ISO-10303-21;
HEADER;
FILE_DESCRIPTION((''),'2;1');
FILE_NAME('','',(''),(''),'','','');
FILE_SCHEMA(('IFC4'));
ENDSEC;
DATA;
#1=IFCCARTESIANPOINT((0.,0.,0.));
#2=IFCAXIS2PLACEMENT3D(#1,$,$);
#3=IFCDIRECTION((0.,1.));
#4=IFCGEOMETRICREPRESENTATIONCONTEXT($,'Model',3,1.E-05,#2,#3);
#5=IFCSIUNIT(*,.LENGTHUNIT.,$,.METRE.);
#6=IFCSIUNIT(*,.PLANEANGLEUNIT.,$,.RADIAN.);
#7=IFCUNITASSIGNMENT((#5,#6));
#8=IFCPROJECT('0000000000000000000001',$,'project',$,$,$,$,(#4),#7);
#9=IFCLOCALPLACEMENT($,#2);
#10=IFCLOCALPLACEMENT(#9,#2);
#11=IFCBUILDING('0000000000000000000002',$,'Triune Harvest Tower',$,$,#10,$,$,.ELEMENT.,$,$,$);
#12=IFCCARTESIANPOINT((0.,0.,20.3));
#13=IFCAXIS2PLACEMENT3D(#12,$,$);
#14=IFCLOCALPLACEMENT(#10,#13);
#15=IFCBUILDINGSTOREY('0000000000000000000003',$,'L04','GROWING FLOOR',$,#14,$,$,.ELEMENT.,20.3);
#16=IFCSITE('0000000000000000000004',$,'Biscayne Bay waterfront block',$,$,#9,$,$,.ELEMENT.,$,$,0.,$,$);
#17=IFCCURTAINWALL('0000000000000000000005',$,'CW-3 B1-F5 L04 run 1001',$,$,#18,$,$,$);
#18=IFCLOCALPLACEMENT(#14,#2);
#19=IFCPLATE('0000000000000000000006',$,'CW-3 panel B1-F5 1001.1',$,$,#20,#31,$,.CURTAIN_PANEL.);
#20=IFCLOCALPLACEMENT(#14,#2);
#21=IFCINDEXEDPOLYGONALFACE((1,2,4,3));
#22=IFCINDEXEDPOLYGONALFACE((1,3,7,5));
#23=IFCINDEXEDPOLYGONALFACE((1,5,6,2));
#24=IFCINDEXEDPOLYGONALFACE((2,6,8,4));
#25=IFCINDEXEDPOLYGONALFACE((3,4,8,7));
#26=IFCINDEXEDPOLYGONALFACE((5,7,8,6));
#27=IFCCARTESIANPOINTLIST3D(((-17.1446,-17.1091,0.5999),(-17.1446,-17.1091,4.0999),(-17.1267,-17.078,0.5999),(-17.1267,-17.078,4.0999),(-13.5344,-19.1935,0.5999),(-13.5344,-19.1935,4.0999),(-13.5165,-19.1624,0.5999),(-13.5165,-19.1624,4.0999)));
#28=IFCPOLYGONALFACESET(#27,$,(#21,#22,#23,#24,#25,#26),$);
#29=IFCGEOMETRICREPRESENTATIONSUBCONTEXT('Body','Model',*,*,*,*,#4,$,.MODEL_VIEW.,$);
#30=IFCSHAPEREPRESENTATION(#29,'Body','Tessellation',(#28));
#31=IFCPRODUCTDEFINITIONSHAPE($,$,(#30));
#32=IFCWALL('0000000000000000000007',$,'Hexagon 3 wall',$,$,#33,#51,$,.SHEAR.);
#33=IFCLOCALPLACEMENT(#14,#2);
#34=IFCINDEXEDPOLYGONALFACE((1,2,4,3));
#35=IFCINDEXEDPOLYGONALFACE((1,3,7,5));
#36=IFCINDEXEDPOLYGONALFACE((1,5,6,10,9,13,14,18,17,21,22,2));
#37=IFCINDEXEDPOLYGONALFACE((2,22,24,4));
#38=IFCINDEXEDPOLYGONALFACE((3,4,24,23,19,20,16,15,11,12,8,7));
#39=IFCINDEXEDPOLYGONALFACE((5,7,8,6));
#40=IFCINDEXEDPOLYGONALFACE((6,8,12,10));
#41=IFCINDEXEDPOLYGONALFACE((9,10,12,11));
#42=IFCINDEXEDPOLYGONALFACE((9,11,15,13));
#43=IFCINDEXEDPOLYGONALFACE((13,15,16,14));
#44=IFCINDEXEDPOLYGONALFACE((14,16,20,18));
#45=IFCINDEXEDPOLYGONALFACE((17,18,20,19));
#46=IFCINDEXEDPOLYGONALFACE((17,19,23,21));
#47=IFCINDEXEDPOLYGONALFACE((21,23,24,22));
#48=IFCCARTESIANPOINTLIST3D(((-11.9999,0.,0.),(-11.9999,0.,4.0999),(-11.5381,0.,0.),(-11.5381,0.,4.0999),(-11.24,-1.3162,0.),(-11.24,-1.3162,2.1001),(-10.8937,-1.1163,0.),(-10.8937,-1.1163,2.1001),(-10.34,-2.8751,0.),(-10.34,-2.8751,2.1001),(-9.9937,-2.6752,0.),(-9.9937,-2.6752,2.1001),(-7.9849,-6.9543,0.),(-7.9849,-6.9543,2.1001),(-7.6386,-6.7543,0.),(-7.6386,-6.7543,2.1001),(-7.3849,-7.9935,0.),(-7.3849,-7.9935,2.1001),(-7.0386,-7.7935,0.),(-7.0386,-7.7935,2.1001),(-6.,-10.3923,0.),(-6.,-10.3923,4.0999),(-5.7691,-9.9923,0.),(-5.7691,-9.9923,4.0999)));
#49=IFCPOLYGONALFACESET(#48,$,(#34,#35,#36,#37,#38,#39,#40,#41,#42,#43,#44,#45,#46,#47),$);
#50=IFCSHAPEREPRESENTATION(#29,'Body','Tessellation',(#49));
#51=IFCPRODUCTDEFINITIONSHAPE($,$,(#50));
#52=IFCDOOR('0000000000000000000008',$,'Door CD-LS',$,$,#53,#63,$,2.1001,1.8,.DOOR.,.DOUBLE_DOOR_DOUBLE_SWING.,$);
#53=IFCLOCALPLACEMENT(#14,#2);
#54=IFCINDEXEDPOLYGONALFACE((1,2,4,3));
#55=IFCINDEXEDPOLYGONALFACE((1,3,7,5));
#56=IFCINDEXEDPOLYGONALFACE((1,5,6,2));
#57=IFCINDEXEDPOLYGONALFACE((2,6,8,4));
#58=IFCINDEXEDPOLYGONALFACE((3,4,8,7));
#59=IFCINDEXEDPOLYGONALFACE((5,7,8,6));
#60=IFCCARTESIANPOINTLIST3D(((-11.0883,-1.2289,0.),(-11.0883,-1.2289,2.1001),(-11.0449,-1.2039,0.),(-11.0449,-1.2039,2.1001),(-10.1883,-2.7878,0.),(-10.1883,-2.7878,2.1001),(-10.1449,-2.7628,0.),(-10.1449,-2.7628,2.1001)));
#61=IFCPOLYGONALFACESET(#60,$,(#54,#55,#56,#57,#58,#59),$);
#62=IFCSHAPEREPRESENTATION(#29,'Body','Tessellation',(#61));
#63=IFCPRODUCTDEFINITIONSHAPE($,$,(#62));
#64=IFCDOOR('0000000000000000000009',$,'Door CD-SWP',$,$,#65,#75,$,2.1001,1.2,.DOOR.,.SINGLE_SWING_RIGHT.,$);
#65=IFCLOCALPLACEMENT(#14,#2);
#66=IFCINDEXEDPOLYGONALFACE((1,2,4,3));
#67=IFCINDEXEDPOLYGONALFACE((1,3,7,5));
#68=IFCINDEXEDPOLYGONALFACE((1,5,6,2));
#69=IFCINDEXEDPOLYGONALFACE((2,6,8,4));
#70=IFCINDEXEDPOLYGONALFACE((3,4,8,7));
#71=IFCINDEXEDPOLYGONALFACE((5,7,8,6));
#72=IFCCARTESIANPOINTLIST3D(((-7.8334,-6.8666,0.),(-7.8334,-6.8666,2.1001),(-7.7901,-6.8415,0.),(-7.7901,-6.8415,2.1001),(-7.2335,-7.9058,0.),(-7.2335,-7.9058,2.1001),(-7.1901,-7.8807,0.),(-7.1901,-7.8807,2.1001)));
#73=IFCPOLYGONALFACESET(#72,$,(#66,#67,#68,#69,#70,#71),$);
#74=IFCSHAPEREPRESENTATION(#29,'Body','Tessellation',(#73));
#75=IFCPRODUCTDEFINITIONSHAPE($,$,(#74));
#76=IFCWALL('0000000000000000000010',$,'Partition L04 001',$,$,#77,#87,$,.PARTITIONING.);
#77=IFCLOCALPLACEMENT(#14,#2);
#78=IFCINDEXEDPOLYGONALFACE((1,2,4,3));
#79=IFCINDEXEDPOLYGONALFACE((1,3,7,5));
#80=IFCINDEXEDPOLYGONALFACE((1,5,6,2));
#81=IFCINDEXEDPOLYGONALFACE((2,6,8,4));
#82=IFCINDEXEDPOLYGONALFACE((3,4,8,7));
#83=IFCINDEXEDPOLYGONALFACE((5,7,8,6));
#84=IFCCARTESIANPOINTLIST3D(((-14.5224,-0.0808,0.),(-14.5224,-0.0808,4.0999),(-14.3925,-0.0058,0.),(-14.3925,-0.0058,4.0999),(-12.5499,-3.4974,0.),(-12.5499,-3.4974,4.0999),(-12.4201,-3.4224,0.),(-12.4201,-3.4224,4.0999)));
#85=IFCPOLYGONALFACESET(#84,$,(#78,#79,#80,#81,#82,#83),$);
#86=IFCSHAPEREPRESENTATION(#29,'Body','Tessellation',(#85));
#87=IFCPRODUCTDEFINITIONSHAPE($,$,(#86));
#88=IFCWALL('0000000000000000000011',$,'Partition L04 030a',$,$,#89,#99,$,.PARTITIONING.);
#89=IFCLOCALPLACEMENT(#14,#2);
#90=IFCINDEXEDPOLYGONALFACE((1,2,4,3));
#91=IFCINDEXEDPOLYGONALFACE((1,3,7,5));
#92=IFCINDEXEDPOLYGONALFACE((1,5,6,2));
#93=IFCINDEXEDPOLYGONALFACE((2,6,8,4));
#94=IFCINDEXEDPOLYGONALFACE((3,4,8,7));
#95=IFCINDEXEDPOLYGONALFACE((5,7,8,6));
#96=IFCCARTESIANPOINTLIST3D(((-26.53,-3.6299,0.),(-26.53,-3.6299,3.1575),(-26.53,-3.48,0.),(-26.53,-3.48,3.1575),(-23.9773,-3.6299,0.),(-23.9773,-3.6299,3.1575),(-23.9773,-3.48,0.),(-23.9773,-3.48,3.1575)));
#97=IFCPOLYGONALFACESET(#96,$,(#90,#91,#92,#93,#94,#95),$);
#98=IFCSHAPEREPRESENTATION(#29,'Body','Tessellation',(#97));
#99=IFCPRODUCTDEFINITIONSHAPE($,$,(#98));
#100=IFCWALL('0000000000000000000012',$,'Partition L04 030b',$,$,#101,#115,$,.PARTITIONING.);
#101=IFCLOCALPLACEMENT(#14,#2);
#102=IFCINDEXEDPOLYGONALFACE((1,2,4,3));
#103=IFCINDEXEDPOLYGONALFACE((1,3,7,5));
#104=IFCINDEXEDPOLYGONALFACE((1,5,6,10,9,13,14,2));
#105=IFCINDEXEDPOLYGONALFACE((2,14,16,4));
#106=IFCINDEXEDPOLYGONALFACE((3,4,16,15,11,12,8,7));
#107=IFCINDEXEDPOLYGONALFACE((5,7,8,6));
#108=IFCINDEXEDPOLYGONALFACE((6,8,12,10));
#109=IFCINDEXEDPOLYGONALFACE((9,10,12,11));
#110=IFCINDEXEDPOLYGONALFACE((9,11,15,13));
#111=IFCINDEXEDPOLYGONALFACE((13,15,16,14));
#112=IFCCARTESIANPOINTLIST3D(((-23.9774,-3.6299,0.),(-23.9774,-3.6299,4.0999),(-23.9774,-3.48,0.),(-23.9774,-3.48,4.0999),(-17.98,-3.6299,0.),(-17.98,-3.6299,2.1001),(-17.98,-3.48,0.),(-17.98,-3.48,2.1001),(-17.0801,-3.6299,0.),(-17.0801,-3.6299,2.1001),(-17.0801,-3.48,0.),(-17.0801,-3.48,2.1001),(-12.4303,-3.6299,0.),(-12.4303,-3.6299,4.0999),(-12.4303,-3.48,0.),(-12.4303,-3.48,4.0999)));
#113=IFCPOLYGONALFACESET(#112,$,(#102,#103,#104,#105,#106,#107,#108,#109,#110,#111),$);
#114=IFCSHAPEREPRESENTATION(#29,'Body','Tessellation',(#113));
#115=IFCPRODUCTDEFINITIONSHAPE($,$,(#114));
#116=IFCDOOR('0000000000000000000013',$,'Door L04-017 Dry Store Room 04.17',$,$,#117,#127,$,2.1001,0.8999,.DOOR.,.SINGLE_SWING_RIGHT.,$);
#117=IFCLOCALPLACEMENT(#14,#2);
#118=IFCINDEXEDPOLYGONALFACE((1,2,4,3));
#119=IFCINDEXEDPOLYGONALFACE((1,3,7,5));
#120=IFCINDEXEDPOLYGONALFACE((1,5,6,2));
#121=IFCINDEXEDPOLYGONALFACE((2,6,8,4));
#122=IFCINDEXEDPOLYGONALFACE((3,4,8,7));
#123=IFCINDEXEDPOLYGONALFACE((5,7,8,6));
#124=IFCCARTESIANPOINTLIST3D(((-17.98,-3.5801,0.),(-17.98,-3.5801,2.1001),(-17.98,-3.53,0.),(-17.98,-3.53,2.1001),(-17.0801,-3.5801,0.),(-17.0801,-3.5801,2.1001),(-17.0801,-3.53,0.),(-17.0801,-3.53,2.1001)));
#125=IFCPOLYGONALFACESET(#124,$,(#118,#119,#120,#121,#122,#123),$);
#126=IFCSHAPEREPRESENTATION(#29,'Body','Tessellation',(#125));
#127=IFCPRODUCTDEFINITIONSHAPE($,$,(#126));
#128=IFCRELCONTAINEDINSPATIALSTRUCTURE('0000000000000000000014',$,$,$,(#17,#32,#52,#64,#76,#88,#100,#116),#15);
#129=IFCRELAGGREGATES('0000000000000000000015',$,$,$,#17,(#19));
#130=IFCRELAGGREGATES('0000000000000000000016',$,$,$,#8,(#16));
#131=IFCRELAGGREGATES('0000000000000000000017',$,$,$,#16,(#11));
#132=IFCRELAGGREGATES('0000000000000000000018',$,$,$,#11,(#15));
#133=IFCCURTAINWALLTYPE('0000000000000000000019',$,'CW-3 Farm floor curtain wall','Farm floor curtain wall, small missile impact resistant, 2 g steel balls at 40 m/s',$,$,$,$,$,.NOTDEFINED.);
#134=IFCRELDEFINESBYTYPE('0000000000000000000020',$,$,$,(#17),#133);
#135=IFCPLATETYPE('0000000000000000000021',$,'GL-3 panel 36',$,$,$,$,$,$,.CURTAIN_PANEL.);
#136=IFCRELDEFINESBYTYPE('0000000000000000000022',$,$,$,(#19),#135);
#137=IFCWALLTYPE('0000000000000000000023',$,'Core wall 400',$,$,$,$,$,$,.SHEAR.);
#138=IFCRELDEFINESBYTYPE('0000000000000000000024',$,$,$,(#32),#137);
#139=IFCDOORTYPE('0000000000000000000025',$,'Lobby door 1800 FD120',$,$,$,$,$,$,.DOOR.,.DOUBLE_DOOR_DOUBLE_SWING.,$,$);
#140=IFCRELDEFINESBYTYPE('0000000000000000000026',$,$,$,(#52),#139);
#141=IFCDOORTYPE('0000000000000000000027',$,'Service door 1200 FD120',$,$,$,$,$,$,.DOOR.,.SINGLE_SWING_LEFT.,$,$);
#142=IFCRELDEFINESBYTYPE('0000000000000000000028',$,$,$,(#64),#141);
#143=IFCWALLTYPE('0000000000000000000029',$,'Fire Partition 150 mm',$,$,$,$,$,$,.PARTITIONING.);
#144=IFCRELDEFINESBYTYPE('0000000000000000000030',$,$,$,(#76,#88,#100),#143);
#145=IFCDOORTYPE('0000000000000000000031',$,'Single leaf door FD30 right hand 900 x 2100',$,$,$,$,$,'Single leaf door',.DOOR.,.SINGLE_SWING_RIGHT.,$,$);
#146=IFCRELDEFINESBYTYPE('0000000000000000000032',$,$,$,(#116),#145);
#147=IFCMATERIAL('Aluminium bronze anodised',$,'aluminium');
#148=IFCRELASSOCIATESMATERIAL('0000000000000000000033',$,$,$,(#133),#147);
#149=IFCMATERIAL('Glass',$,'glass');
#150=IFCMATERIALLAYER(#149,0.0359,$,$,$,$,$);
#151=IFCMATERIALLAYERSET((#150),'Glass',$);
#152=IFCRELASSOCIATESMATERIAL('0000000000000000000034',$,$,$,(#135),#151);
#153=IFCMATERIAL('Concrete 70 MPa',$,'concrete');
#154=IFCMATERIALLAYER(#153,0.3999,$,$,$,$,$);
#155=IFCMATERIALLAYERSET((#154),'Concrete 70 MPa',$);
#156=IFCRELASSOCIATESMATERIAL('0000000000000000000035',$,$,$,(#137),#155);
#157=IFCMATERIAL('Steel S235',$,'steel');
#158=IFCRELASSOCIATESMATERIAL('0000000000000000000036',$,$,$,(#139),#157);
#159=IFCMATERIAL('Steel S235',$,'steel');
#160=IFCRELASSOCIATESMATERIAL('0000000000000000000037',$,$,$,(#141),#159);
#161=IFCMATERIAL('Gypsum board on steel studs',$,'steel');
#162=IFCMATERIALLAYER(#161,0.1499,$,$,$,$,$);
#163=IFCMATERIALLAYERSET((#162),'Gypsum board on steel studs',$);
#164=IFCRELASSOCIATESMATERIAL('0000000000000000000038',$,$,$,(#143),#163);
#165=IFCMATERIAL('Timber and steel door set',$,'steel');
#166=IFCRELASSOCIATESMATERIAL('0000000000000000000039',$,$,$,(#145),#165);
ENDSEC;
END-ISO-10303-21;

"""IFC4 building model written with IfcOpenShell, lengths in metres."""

from ifc_helpers import new_model, si_unit, direction, frame, frame_2d, origin, origin_2d, place, context, subcontext, project, spatial, polyline, rectangle, outline, extrude, source, transform, mapped, material, layer, layer_set, type_object, element, fill, aggregate, save


model = new_model("IFC4")

# Units and contexts
model_context = context("Model", 3, precision=1e-05, world=origin(), true_north=direction((0.0, 1.0)))
body_context = subcontext(model_context, "Body", "Model", "MODEL_VIEW")
ifc_project = project(units=[si_unit("LENGTHUNIT", "METRE"), si_unit("PLANEANGLEUNIT", "RADIAN")], contexts=[model_context])

# Site, building, storey
site_placement = place(None, origin())
site = spatial("IfcSite", under=ifc_project, at=site_placement, Name="Biscayne Bay waterfront block", CompositionType="ELEMENT", RefElevation=0.0)
building_placement = place(site_placement, origin())
building = spatial("IfcBuilding", under=site, at=building_placement, Name="Triune Harvest Tower", CompositionType="ELEMENT")
storey_placement = place(building_placement, frame((0.0, 0.0, 20.3)))
storey = spatial("IfcBuildingStorey", under=building, at=storey_placement, Name="L04", Description="GROWING FLOOR", CompositionType="ELEMENT", Elevation=20.3)

# Curtain wall
ifc_material_1 = material(Name="Aluminium bronze anodised", Category="aluminium")
curtain_wall_type_1 = type_object("IfcCurtainWallType", Name="CW-3 Farm floor curtain wall", Description="Farm floor curtain wall, small missile impact resistant, 2 g steel balls at 40 m/s", PredefinedType="NOTDEFINED", material=ifc_material_1)
curtain_wall_1_placement = place(storey_placement, origin())
curtain_wall_1 = element("IfcCurtainWall", 1, at=curtain_wall_1_placement, inside=storey, type_object=curtain_wall_type_1, Name="CW-3 B1-F5 L04 run 1001")

# Plate
ifc_material_2 = material(Name="Glass", Category="glass")
ifc_layer_1 = layer(ifc_material_2, 0.0359)
ifc_layer_set_1 = layer_set([ifc_layer_1], Name="Glass")
plate_type_1 = type_object("IfcPlateType", Name="GL-3 panel 36", PredefinedType="CURTAIN_PANEL", material=ifc_layer_set_1)
shared_shape_1 = source(origin(), body_context, "Body", "SweptSolid", [
    extrude(rectangle(XDim=4.1687, YDim=0.0359, at=origin_2d()), origin(), (0.0, 0.0, 1.0), 3.5),
])
plate_1_placement = place(storey_placement, frame((-15.3306, -18.1357, 0.5999), z_axis=(0.0, 0.0, 1.0), x_axis=(0.866025, -0.5, 0.0)))
plate_1 = element("IfcPlate", 2, at=plate_1_placement, type_object=plate_type_1, Name="CW-3 panel B1-F5 1001.1", PredefinedType="CURTAIN_PANEL", context=body_context, shape_type="MappedRepresentation", body=[
    mapped(shared_shape_1, transform((0.0, 0.0, 0.0), scale=1.0)),
])
aggregate(curtain_wall_1, [plate_1])

# Wall, openings, doors
ifc_material_3 = material(Name="Concrete 70 MPa", Category="concrete")
ifc_layer_2 = layer(ifc_material_3, 0.3999)
ifc_layer_set_2 = layer_set([ifc_layer_2], Name="Concrete 70 MPa")
wall_type_1 = type_object("IfcWallType", Name="Core wall 400", PredefinedType="SHEAR", material=ifc_layer_set_2)
shared_shape_2 = source(origin(), body_context, "Body", "SweptSolid", [
    extrude(outline(polyline([(-0.1155, -0.2), (11.8845, -0.2), (11.6536, 0.2), (0.1155, 0.2), (-0.1155, -0.2)])), origin(), (0.0, 0.0, 1.0), 4.0999),
])
wall_1_placement = place(storey_placement, frame((-11.769, 0.0, 0.0), z_axis=(0.0, 0.0, 1.0), x_axis=(0.499997, -0.866027, 0.0)))
wall_1 = element("IfcWall", 3, at=wall_1_placement, inside=storey, type_object=wall_type_1, Name="Hexagon 3 wall", PredefinedType="SHEAR", context=body_context, shape_type="MappedRepresentation", body=[
    mapped(shared_shape_2, transform((0.0, 0.0, 0.0), scale=1.0)),
])
opening_1_placement = place(wall_1_placement, frame((1.4045, 0.0, 0.0)))
opening_1 = element("IfcOpeningElement", 4, at=opening_1_placement, cuts=wall_1, PredefinedType="OPENING", context=body_context, shape_type="SweptSolid", body=[
    extrude(rectangle(XDim=1.8, YDim=2.1001, at=frame_2d((0.8999, 1.05))), frame((0.0, 0.21, 0.0), z_axis=(0.0, -1.0, 0.0), x_axis=(1.0, 0.0, 0.0)), (0.0, 0.0, 1.0), 0.4199),
])
opening_2_placement = place(wall_1_placement, frame((7.9146, 0.0, 0.0)))
opening_2 = element("IfcOpeningElement", 5, at=opening_2_placement, cuts=wall_1, PredefinedType="OPENING", context=body_context, shape_type="SweptSolid", body=[
    extrude(rectangle(XDim=1.2, YDim=2.1001, at=frame_2d((0.6001, 1.05))), frame((0.0, 0.21, 0.0), z_axis=(0.0, -1.0, 0.0), x_axis=(1.0, 0.0, 0.0)), (0.0, 0.0, 1.0), 0.4199),
])
ifc_material_4 = material(Name="Steel S235", Category="steel")
door_type_1 = type_object("IfcDoorType", Name="Lobby door 1800 FD120", OperationType="DOUBLE_DOOR_DOUBLE_SWING", PredefinedType="DOOR", material=ifc_material_4)
door_1_placement = place(opening_1_placement, frame((1.8, 0.0, 0.0), z_axis=(0.0, 0.0, 1.0), x_axis=(-1.0, 0.0, 0.0)))
door_1 = element("IfcDoor", 6, at=door_1_placement, inside=storey, type_object=door_type_1, Name="Door CD-LS", OperationType="DOUBLE_DOOR_DOUBLE_SWING", OverallHeight=2.1001, OverallWidth=1.8, PredefinedType="DOOR", context=body_context, shape_type="SweptSolid", body=[
    extrude(rectangle(XDim=1.8, YDim=2.1001, at=frame_2d((0.8999, 1.05))), frame((0.0, 0.0249, 0.0), z_axis=(0.0, -1.0, 0.0), x_axis=(1.0, 0.0, 0.0)), (0.0, 0.0, 1.0), 0.05),
])
fill(opening_1, door_1)
ifc_material_5 = material(Name="Steel S235", Category="steel")
door_type_2 = type_object("IfcDoorType", Name="Service door 1200 FD120", OperationType="SINGLE_SWING_LEFT", PredefinedType="DOOR", material=ifc_material_5)
door_2_placement = place(opening_2_placement, frame((1.2, 0.0, 0.0), z_axis=(0.0, 0.0, 1.0), x_axis=(-1.0, 0.0, 0.0)))
door_2 = element("IfcDoor", 7, at=door_2_placement, inside=storey, type_object=door_type_2, Name="Door CD-SWP", OperationType="SINGLE_SWING_RIGHT", OverallHeight=2.1001, OverallWidth=1.2, PredefinedType="DOOR", context=body_context, shape_type="SweptSolid", body=[
    extrude(rectangle(XDim=1.2, YDim=2.1001, at=frame_2d((0.6001, 1.05))), frame((0.0, 0.0249, 0.0), z_axis=(0.0, -1.0, 0.0), x_axis=(1.0, 0.0, 0.0)), (0.0, 0.0, 1.0), 0.05),
])
fill(opening_2, door_2)

# Walls
ifc_material_6 = material(Name="Gypsum board on steel studs", Category="steel")
ifc_layer_3 = layer(ifc_material_6, 0.1499)
ifc_layer_set_3 = layer_set([ifc_layer_3], Name="Gypsum board on steel studs")
wall_type_2 = type_object("IfcWallType", Name="Fire Partition 150 mm", PredefinedType="PARTITIONING", material=ifc_layer_set_3)
shared_shape_3 = source(origin(), body_context, "Body", "SweptSolid", [
    extrude(rectangle(XDim=3.9451, YDim=0.1499, at=frame_2d((1.9727, 0.0))), origin(), (0.0, 0.0, 1.0), 4.0999),
])
wall_2_placement = place(storey_placement, frame((-14.4575, -0.0432, 0.0), z_axis=(0.0, 0.0, 1.0), x_axis=(0.49998, -0.866037, 0.0)))
element("IfcWall", 8, at=wall_2_placement, inside=storey, type_object=wall_type_2, Name="Partition L04 001", PredefinedType="PARTITIONING", context=body_context, shape_type="MappedRepresentation", body=[
    mapped(shared_shape_3, transform((0.0, 0.0, 0.0), scale=1.0)),
])
shared_shape_4 = source(origin(), body_context, "Body", "SweptSolid", [
    extrude(rectangle(XDim=2.5527, YDim=0.1499, at=frame_2d((1.2764, 0.0))), origin(), (0.0, 0.0, 1.0), 3.1575),
])
wall_3_placement = place(storey_placement, frame((-26.53, -3.5549, 0.0), z_axis=(0.0, 0.0, 1.0), x_axis=(1.0, 0.0, 0.0)))
element("IfcWall", 9, at=wall_3_placement, inside=storey, type_object=wall_type_2, Name="Partition L04 030a", PredefinedType="PARTITIONING", context=body_context, shape_type="MappedRepresentation", body=[
    mapped(shared_shape_4, transform((0.0, 0.0, 0.0), scale=1.0)),
])

# Wall, opening, door
shared_shape_5 = source(origin(), body_context, "Body", "SweptSolid", [
    extrude(rectangle(XDim=11.5471, YDim=0.1499, at=frame_2d((5.7734, 0.0))), origin(), (0.0, 0.0, 1.0), 4.0999),
])
wall_4_placement = place(storey_placement, frame((-23.9773, -3.5549, 0.0), z_axis=(0.0, 0.0, 1.0), x_axis=(1.0, 0.0, 0.0)))
wall_4 = element("IfcWall", 10, at=wall_4_placement, inside=storey, type_object=wall_type_2, Name="Partition L04 030b", PredefinedType="PARTITIONING", context=body_context, shape_type="MappedRepresentation", body=[
    mapped(shared_shape_5, transform((0.0, 0.0, 0.0), scale=1.0)),
])
opening_3_placement = place(wall_4_placement, frame((5.9973, 0.0, 0.0)))
opening_3 = element("IfcOpeningElement", 11, at=opening_3_placement, cuts=wall_4, PredefinedType="OPENING", context=body_context, shape_type="SweptSolid", body=[
    extrude(rectangle(XDim=0.8999, YDim=2.1001, at=frame_2d((0.45, 1.05))), frame((0.0, 0.085, 0.0), z_axis=(0.0, -1.0, 0.0), x_axis=(1.0, 0.0, 0.0)), (0.0, 0.0, 1.0), 0.1699),
])
ifc_material_7 = material(Name="Timber and steel door set", Category="steel")
door_type_3 = type_object("IfcDoorType", Name="Single leaf door FD30 right hand 900 x 2100", ElementType="Single leaf door", OperationType="SINGLE_SWING_RIGHT", PredefinedType="DOOR", material=ifc_material_7)
door_3_placement = place(opening_3_placement, origin())
door_3 = element("IfcDoor", 12, at=door_3_placement, inside=storey, type_object=door_type_3, Name="Door L04-017 Dry Store Room 04.17", OperationType="SINGLE_SWING_RIGHT", OverallHeight=2.1001, OverallWidth=0.8999, PredefinedType="DOOR", context=body_context, shape_type="SweptSolid", body=[
    extrude(rectangle(XDim=0.8999, YDim=2.1001, at=frame_2d((0.45, 1.05))), frame((0.0, 0.0249, 0.0), z_axis=(0.0, -1.0, 0.0), x_axis=(1.0, 0.0, 0.0)), (0.0, 0.0, 1.0), 0.05),
])
fill(opening_3, door_3)

save(model, "model.ifc")
